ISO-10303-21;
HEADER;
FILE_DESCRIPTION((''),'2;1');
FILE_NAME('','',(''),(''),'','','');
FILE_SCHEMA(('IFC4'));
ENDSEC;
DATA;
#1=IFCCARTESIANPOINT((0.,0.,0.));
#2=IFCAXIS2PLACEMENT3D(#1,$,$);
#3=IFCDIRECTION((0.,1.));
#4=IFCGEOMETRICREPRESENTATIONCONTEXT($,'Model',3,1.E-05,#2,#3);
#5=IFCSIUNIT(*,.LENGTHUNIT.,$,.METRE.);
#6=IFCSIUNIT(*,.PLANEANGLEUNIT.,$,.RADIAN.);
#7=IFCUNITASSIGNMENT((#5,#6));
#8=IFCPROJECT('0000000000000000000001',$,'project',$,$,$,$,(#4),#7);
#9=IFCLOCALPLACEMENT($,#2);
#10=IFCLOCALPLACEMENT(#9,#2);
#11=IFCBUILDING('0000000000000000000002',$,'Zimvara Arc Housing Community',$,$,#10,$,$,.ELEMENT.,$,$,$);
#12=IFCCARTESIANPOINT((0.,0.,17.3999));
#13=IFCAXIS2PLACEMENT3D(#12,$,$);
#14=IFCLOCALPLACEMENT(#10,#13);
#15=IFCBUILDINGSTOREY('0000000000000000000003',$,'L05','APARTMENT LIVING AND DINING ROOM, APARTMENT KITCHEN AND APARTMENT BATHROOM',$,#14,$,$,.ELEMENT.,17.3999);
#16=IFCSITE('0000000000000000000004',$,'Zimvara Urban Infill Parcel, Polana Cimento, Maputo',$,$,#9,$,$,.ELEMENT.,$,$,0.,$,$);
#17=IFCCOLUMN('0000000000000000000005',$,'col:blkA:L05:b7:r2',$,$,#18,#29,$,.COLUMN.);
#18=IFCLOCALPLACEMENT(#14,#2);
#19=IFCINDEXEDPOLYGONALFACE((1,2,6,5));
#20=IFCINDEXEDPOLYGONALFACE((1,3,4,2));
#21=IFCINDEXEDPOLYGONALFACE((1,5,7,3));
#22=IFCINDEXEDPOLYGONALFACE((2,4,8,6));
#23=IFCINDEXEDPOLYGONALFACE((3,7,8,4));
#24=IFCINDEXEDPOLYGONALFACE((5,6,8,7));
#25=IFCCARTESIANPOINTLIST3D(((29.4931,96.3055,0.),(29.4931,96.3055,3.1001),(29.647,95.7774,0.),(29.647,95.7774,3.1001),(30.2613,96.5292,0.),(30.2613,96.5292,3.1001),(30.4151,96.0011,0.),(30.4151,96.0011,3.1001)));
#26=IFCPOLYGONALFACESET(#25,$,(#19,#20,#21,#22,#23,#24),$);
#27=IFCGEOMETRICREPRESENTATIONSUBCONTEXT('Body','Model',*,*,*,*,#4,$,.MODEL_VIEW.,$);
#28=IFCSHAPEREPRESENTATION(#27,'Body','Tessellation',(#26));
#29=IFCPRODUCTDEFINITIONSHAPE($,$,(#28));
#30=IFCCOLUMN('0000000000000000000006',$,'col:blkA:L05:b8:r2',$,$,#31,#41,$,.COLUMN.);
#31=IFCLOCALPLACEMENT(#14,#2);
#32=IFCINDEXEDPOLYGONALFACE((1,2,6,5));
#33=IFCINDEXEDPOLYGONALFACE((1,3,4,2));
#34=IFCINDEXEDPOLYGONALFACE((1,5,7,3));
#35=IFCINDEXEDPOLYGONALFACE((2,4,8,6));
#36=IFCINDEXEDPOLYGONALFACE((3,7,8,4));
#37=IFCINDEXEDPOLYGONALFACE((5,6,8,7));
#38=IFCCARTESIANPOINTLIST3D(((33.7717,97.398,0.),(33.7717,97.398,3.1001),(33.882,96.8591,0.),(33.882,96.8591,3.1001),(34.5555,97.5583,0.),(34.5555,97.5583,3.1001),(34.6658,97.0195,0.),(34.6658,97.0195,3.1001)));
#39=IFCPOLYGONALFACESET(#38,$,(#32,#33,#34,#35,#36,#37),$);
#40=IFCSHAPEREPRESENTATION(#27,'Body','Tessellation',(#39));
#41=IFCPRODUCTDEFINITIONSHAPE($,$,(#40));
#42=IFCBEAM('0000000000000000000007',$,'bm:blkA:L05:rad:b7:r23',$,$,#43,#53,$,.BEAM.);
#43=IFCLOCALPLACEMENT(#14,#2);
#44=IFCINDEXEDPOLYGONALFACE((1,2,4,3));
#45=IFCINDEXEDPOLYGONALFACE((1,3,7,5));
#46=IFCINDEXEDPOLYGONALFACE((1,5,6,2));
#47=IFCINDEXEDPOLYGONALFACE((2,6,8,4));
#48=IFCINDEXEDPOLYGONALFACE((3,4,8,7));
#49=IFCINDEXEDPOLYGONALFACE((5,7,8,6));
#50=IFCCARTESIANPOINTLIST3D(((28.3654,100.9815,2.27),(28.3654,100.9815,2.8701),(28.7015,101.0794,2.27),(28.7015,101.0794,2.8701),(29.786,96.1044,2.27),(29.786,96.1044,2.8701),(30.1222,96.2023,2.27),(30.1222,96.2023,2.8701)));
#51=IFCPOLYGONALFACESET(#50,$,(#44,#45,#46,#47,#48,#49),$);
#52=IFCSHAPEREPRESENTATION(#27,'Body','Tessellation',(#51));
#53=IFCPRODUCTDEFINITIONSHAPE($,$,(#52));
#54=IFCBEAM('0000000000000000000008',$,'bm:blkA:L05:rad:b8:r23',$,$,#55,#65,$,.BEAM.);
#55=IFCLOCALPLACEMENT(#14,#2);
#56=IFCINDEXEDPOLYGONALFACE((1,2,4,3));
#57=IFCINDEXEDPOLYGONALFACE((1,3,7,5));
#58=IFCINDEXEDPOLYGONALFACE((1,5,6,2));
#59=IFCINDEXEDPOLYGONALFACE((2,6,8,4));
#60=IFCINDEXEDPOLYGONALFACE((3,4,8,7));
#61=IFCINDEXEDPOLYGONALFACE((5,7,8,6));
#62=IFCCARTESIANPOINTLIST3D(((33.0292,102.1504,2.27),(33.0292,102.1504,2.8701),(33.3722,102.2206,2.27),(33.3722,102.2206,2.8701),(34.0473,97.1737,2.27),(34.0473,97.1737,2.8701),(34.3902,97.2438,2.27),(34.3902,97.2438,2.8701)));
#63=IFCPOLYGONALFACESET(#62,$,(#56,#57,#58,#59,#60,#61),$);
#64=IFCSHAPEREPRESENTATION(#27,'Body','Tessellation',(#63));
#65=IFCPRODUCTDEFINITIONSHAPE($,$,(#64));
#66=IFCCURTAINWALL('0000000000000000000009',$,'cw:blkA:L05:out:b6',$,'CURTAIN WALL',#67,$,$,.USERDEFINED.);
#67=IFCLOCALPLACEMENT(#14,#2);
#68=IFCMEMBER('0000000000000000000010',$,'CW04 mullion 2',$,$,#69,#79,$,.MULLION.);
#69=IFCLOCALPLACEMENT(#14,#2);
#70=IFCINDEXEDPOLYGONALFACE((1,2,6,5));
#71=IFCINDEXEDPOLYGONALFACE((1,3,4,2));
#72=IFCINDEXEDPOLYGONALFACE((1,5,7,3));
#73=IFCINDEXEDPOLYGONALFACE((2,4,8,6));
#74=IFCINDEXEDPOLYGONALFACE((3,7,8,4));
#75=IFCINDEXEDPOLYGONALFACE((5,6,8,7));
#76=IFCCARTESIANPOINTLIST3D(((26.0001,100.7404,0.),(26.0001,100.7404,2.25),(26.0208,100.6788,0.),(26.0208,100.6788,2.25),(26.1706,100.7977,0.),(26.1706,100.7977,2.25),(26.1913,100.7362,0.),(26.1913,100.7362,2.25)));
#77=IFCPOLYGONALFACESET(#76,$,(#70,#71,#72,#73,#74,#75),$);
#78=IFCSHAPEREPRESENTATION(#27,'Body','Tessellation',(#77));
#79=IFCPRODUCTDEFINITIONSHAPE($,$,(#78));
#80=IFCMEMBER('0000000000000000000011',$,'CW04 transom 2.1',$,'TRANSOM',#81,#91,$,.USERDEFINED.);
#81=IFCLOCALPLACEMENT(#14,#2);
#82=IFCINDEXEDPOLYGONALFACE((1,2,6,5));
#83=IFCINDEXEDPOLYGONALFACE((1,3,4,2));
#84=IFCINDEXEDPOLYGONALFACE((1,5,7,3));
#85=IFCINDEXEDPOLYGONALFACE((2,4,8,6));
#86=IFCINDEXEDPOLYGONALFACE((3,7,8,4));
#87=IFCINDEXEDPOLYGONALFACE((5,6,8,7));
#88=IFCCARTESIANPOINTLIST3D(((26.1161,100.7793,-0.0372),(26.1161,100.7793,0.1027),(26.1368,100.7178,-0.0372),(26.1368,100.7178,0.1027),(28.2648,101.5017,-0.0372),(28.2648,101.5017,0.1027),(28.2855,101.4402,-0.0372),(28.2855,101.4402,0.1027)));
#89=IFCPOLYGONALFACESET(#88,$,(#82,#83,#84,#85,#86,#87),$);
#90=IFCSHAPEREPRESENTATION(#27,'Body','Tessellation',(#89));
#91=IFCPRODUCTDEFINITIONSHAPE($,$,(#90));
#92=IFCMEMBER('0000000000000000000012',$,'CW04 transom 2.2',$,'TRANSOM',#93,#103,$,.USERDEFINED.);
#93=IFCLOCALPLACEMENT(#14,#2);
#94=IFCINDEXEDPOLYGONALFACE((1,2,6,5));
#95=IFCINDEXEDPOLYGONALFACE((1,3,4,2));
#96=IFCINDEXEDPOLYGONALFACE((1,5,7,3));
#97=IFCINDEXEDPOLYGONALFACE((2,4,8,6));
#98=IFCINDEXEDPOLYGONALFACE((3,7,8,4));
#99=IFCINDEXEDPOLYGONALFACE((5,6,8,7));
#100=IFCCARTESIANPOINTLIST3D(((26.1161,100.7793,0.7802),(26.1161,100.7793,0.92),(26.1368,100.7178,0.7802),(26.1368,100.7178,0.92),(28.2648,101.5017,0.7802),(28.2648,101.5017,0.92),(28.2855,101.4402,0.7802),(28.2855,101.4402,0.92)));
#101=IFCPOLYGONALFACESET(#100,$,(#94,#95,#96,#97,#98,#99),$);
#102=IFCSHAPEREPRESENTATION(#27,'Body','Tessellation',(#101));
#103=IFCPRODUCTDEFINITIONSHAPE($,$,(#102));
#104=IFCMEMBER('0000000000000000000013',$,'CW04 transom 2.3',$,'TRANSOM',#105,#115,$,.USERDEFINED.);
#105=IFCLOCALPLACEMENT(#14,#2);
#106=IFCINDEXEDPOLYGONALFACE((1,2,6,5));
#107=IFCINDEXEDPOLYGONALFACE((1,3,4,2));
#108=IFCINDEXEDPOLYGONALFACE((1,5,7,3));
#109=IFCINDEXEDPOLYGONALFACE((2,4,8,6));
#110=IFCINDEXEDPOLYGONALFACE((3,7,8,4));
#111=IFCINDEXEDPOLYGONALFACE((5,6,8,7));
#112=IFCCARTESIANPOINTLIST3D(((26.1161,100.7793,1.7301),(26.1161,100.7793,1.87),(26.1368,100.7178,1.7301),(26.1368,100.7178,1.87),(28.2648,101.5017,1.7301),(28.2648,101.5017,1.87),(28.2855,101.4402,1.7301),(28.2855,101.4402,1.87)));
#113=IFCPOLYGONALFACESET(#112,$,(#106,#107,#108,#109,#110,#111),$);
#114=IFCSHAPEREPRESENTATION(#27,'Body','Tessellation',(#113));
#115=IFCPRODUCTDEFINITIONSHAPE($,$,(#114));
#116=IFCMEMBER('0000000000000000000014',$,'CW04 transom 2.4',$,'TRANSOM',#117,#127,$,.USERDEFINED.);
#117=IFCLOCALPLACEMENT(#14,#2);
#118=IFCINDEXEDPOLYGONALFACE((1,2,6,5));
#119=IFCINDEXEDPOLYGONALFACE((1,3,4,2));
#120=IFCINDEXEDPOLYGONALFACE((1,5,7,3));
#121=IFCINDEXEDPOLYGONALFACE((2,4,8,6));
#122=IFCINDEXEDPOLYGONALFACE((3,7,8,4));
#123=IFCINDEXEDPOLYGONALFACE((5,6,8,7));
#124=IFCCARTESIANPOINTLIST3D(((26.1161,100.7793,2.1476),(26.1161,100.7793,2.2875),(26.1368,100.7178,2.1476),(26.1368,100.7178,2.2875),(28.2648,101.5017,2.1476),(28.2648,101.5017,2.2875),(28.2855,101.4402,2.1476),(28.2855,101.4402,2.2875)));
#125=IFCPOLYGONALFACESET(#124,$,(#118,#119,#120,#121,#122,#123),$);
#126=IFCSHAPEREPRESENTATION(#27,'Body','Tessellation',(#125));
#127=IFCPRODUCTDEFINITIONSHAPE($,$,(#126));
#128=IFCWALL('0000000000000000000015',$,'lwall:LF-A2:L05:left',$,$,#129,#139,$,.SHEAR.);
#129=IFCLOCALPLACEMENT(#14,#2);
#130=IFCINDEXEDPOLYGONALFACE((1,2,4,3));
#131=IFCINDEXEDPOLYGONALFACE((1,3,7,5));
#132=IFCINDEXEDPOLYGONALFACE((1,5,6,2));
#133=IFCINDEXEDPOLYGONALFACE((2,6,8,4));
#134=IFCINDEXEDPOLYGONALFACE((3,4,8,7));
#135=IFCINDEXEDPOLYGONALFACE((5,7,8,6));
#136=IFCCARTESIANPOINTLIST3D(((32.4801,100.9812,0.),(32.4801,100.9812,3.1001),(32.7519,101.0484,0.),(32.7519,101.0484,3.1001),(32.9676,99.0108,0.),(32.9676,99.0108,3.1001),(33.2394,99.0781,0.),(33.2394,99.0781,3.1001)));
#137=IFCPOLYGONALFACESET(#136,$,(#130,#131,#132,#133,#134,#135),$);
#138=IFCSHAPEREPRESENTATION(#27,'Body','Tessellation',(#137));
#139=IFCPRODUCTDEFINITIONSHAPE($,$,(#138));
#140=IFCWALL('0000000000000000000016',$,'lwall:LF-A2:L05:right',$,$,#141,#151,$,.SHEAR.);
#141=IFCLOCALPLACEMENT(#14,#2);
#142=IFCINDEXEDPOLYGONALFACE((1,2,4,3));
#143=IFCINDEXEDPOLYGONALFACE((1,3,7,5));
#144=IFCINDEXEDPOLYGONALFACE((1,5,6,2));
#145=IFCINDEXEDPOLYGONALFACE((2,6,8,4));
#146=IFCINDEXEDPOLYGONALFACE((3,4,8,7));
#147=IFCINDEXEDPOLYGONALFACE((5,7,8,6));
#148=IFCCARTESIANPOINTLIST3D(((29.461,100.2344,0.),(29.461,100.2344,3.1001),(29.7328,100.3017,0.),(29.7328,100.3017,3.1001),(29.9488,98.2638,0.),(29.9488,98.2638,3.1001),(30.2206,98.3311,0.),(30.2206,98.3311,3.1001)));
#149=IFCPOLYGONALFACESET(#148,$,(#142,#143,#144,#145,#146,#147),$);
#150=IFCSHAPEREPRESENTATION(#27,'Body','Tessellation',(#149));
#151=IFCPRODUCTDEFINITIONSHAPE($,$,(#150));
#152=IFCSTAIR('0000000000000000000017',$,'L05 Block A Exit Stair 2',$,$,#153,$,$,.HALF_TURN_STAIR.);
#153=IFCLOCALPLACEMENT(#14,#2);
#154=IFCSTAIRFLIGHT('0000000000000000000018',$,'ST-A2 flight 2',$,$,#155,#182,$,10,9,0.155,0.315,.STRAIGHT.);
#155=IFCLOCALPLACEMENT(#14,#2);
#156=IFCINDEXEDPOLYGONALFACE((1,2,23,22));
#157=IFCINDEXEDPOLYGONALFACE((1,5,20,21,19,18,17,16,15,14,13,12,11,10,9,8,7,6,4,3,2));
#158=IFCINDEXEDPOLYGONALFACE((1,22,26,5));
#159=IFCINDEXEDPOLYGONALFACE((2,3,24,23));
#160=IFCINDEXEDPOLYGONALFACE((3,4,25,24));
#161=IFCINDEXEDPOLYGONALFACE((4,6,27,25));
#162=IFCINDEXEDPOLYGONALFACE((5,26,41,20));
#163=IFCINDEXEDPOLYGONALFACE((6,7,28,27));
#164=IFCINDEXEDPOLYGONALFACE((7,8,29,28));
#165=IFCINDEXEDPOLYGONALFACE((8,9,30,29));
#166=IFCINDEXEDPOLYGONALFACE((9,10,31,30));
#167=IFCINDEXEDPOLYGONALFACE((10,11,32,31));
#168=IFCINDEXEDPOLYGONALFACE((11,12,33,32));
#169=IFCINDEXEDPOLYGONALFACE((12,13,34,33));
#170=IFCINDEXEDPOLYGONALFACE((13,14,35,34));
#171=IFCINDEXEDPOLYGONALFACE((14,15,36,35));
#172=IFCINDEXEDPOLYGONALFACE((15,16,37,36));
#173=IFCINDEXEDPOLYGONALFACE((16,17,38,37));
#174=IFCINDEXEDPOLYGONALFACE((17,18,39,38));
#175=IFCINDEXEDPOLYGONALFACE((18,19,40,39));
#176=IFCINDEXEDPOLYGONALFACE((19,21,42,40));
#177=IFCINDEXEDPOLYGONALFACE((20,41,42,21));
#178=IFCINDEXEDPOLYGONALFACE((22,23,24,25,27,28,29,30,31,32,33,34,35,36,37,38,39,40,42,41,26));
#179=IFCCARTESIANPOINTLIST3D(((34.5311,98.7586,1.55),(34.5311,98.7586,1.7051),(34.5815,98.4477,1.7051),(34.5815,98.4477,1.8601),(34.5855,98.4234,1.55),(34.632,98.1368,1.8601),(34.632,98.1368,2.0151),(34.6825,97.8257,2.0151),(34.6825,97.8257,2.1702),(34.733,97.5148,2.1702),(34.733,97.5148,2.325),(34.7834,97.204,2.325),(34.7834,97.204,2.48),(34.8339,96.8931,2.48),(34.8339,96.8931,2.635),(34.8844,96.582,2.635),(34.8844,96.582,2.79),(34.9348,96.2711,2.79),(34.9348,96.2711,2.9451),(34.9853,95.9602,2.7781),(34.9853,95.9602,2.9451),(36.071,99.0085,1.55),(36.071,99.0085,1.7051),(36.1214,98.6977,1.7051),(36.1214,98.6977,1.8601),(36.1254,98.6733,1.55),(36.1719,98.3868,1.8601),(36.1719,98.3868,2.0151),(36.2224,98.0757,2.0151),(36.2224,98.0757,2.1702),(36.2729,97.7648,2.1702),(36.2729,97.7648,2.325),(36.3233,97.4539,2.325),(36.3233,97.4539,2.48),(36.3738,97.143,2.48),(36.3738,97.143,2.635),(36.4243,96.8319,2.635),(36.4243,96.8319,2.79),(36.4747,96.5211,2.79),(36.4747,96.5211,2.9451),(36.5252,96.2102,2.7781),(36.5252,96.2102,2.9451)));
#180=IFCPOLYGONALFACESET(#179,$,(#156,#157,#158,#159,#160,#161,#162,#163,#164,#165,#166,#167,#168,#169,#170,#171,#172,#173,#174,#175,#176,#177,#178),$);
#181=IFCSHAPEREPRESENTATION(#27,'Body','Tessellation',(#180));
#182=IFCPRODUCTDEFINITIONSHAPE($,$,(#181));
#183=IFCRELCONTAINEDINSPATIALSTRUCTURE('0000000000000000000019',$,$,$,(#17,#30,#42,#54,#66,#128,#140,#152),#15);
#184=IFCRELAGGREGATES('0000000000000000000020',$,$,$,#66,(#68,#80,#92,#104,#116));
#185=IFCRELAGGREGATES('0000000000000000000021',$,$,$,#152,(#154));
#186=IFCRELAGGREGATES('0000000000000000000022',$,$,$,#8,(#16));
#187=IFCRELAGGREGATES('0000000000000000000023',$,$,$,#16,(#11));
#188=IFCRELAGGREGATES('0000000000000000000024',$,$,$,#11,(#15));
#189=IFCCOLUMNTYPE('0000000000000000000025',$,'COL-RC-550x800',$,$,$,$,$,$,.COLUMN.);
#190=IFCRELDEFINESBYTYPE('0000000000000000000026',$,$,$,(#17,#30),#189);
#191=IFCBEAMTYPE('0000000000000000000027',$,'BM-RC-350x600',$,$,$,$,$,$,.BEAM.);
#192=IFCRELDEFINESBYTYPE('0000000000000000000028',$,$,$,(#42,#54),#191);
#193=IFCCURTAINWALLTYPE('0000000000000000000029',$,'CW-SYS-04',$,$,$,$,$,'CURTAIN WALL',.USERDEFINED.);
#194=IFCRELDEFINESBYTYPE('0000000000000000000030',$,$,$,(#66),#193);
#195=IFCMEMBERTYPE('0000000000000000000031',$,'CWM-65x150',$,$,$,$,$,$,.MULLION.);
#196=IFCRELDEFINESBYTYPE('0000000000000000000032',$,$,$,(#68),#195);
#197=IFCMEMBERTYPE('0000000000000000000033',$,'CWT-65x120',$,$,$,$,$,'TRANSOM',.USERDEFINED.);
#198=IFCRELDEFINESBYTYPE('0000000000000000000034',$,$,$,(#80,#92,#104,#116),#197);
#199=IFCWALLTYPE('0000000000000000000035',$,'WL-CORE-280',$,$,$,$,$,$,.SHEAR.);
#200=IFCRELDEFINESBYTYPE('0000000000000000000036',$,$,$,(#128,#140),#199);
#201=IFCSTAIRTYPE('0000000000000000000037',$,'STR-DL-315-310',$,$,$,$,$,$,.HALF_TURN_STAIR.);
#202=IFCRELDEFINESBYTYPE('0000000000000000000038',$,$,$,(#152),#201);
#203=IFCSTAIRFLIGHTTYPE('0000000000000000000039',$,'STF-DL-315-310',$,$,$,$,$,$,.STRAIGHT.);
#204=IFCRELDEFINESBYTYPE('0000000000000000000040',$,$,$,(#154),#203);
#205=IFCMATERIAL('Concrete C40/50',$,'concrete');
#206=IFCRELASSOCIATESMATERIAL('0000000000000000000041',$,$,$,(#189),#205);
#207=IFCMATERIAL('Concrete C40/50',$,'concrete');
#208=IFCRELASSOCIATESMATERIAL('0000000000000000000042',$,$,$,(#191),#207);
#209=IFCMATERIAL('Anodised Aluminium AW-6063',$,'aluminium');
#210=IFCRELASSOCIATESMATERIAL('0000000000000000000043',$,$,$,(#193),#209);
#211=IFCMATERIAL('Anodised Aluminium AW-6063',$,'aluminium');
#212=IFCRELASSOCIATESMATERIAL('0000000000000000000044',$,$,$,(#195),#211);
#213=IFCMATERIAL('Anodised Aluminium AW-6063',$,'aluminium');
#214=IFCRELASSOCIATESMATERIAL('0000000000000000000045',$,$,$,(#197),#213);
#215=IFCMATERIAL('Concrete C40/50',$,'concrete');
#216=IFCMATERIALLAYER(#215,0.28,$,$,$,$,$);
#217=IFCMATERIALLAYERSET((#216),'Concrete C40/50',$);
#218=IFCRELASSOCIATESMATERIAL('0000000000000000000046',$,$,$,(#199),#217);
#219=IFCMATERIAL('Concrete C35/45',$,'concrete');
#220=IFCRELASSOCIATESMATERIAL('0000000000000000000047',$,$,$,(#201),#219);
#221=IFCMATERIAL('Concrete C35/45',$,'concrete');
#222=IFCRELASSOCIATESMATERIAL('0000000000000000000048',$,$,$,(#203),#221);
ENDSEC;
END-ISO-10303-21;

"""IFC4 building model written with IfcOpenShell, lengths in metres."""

from ifc_helpers import new_model, si_unit, direction, frame, frame_2d, origin, origin_2d, place, context, subcontext, project, spatial, polyline, rectangle, outline, extrude, material, layer, layer_set, material_profile, profile_set, type_object, element, aggregate, save


model = new_model("IFC4")

# Units and contexts
model_context = context("Model", 3, precision=1e-05, world=origin(), true_north=direction((0.0, 1.0)))
body_context = subcontext(model_context, "Body", "Model", "MODEL_VIEW")
ifc_project = project(units=[si_unit("LENGTHUNIT", "METRE"), si_unit("PLANEANGLEUNIT", "RADIAN")], contexts=[model_context])

# Site, building, storey
site_placement = place(None, origin())
site = spatial("IfcSite", under=ifc_project, at=site_placement, Name="Zimvara Urban Infill Parcel, Polana Cimento, Maputo", CompositionType="ELEMENT", RefElevation=0.0)
building_placement = place(site_placement, origin())
building = spatial("IfcBuilding", under=site, at=building_placement, Name="Zimvara Arc Housing Community", CompositionType="ELEMENT")
storey_placement = place(building_placement, frame((0.0, 0.0, 17.3999)))
storey = spatial("IfcBuildingStorey", under=building, at=storey_placement, Name="L05", Description="APARTMENT LIVING AND DINING ROOM, APARTMENT KITCHEN AND APARTMENT BATHROOM", CompositionType="ELEMENT", Elevation=17.3999)

# Columns
ifc_material_1 = material(Name="Concrete C40/50", Category="concrete")
ifc_material_profile_1 = material_profile(ifc_material_1, rectangle(XDim=0.55, YDim=0.8, at=origin_2d()), Name="RC 550x800")
ifc_profile_set_1 = profile_set([ifc_material_profile_1], Name="Concrete C40/50")
column_type = type_object("IfcColumnType", Name="COL-RC-550x800", PredefinedType="COLUMN", material=ifc_profile_set_1)
for number, where, z_axis, x_axis, name in (
    (1, (29.9541, 96.1533, 0.0), (0.0, 0.0, 1.0), (-0.279661, 0.960099, 0.0), "col:blkA:L05:b7:r2"),
    (2, (34.2188, 97.2087, 0.0), (0.0, 0.0, 1.0), (-0.200394, 0.979715, 0.0), "col:blkA:L05:b8:r2"),
):
    element("IfcColumn", number, at=place(storey_placement, frame(where, z_axis=z_axis, x_axis=x_axis)), inside=storey, type_object=column_type, Name=name, PredefinedType="COLUMN", context=body_context, shape_type="SweptSolid", body=[
        extrude(rectangle(XDim=0.55, YDim=0.8, at=origin_2d()), origin(), (0.0, 0.0, 1.0), 3.1001),
    ])

# Beams
ifc_material_2 = material(Name="Concrete C40/50", Category="concrete")
ifc_material_profile_2 = material_profile(ifc_material_2, rectangle(XDim=0.3501, YDim=0.6001, at=origin_2d()), Name="RC 350x600")
ifc_profile_set_2 = profile_set([ifc_material_profile_2], Name="Concrete C40/50")
beam_type = type_object("IfcBeamType", Name="BM-RC-350x600", PredefinedType="BEAM", material=ifc_profile_set_2)
for number, where, z_axis, x_axis, name in (
    (3, (29.9541, 96.1533, 2.5701), (-0.279662, 0.960098, 0.0), (-0.960098, -0.279662, 0.0), "bm:blkA:L05:rad:b7:r23"),
    (4, (34.2188, 97.2087, 2.5701), (-0.200412, 0.979712, 0.0), (-0.979712, -0.200412, 0.0), "bm:blkA:L05:rad:b8:r23"),
):
    element("IfcBeam", number, at=place(storey_placement, frame(where, z_axis=z_axis, x_axis=x_axis)), inside=storey, type_object=beam_type, Name=name, PredefinedType="BEAM", context=body_context, shape_type="SweptSolid", body=[
        extrude(rectangle(XDim=0.3501, YDim=0.6001, at=origin_2d()), origin(), (0.0, 0.0, 1.0), 5.0798),
    ])

# Curtain wall, members
ifc_material_3 = material(Name="Anodised Aluminium AW-6063", Category="aluminium")
curtain_wall_type = type_object("IfcCurtainWallType", Name="CW-SYS-04", ElementType="CURTAIN WALL", PredefinedType="USERDEFINED", material=ifc_material_3)
curtain_wall_placement = place(storey_placement, origin())
curtain_wall = element("IfcCurtainWall", 5, at=curtain_wall_placement, inside=storey, type_object=curtain_wall_type, Name="cw:blkA:L05:out:b6", ObjectType="CURTAIN WALL", PredefinedType="USERDEFINED")
ifc_material_4 = material(Name="Anodised Aluminium AW-6063", Category="aluminium")
ifc_material_profile_3 = material_profile(ifc_material_4, rectangle(XDim=0.0649, YDim=0.1799, at=origin_2d()), Name="ALU 65x180")
ifc_profile_set_3 = profile_set([ifc_material_profile_3], Name="Anodised Aluminium AW-6063")
member_type_1 = type_object("IfcMemberType", Name="CWM-65x150", PredefinedType="MULLION", material=ifc_profile_set_3)
member_1_placement = place(storey_placement, frame((26.0957, 100.7383, 0.0), z_axis=(0.0, 0.0, 1.0), x_axis=(-0.318629, 0.94788, 0.0)))
member_1 = element("IfcMember", 6, at=member_1_placement, type_object=member_type_1, Name="CW04 mullion 2", PredefinedType="MULLION", context=body_context, shape_type="SweptSolid", body=[
    extrude(rectangle(XDim=0.0649, YDim=0.1799, at=origin_2d()), origin(), (0.0, 0.0, 1.0), 2.25),
])
ifc_material_5 = material(Name="Anodised Aluminium AW-6063", Category="aluminium")
ifc_material_profile_4 = material_profile(ifc_material_5, rectangle(XDim=0.0649, YDim=0.1399, at=origin_2d()), Name="ALU 65x140")
ifc_profile_set_4 = profile_set([ifc_material_profile_4], Name="Anodised Aluminium AW-6063")
member_type_2 = type_object("IfcMemberType", Name="CWT-65x120", ElementType="TRANSOM", PredefinedType="USERDEFINED", material=ifc_profile_set_4)
member_2_placement = place(storey_placement, frame((26.1265, 100.7485, 0.0327), z_axis=(0.947862, 0.318682, 0.0), x_axis=(-0.318682, 0.947862, 0.0)))
member_2 = element("IfcMember", 7, at=member_2_placement, type_object=member_type_2, Name="CW04 transom 2.1", ObjectType="TRANSOM", PredefinedType="USERDEFINED", context=body_context, shape_type="SweptSolid", body=[
    extrude(rectangle(XDim=0.0649, YDim=0.1399, at=origin_2d()), origin(), (0.0, 0.0, 1.0), 2.2668),
])
member_3_placement = place(storey_placement, frame((26.1265, 100.7485, 0.8501), z_axis=(0.947862, 0.318682, 0.0), x_axis=(-0.318682, 0.947862, 0.0)))
member_3 = element("IfcMember", 8, at=member_3_placement, type_object=member_type_2, Name="CW04 transom 2.2", ObjectType="TRANSOM", PredefinedType="USERDEFINED", context=body_context, shape_type="SweptSolid", body=[
    extrude(rectangle(XDim=0.0649, YDim=0.1399, at=origin_2d()), origin(), (0.0, 0.0, 1.0), 2.2668),
])
member_4_placement = place(storey_placement, frame((26.1265, 100.7485, 1.8), z_axis=(0.947862, 0.318682, 0.0), x_axis=(-0.318682, 0.947862, 0.0)))
member_4 = element("IfcMember", 9, at=member_4_placement, type_object=member_type_2, Name="CW04 transom 2.3", ObjectType="TRANSOM", PredefinedType="USERDEFINED", context=body_context, shape_type="SweptSolid", body=[
    extrude(rectangle(XDim=0.0649, YDim=0.1399, at=origin_2d()), origin(), (0.0, 0.0, 1.0), 2.2668),
])
member_5_placement = place(storey_placement, frame((26.1265, 100.7485, 2.2175), z_axis=(0.947862, 0.318682, 0.0), x_axis=(-0.318682, 0.947862, 0.0)))
member_5 = element("IfcMember", 10, at=member_5_placement, type_object=member_type_2, Name="CW04 transom 2.4", ObjectType="TRANSOM", PredefinedType="USERDEFINED", context=body_context, shape_type="SweptSolid", body=[
    extrude(rectangle(XDim=0.0649, YDim=0.1399, at=origin_2d()), origin(), (0.0, 0.0, 1.0), 2.2668),
])
aggregate(curtain_wall, [member_1, member_2, member_3, member_4, member_5])

# Shared definitions
ifc_material_6 = material(Name="Concrete C40/50", Category="concrete")
ifc_layer = layer(ifc_material_6, 0.28)
ifc_layer_set = layer_set([ifc_layer], Name="Concrete C40/50")
wall_type = type_object("IfcWallType", Name="WL-CORE-280", PredefinedType="SHEAR", material=ifc_layer_set)

# Walls
wall_1_placement = place(storey_placement, frame((33.1035, 99.0444, 0.0), z_axis=(0.0, 0.0, 1.0), x_axis=(-0.240186, 0.970727, 0.0)))
element("IfcWall", 11, at=wall_1_placement, inside=storey, type_object=wall_type, Name="lwall:LF-A2:L05:left", PredefinedType="SHEAR", context=body_context, shape_type="SweptSolid", body=[
    extrude(rectangle(XDim=2.0298, YDim=0.28, at=frame_2d((1.0149, 0.0))), origin(), (0.0, 0.0, 1.0), 3.1001),
])
wall_2_placement = place(storey_placement, frame((30.0847, 98.2974, 0.0), z_axis=(0.0, 0.0, 1.0), x_axis=(-0.240299, 0.970699, 0.0)))
element("IfcWall", 12, at=wall_2_placement, inside=storey, type_object=wall_type, Name="lwall:LF-A2:L05:right", PredefinedType="SHEAR", context=body_context, shape_type="SweptSolid", body=[
    extrude(rectangle(XDim=2.03, YDim=0.28, at=frame_2d((1.0151, 0.0))), origin(), (0.0, 0.0, 1.0), 3.1001),
])

# Stair, stair flight
ifc_material_7 = material(Name="Concrete C35/45", Category="concrete")
stair_type = type_object("IfcStairType", Name="STR-DL-315-310", PredefinedType="HALF_TURN_STAIR", material=ifc_material_7)
stair_placement = place(storey_placement, origin())
stair = element("IfcStair", 13, at=stair_placement, inside=storey, type_object=stair_type, Name="L05 Block A Exit Stair 2", PredefinedType="HALF_TURN_STAIR")
ifc_material_8 = material(Name="Concrete C35/45", Category="concrete")
stair_flight_type = type_object("IfcStairFlightType", Name="STF-DL-315-310", PredefinedType="STRAIGHT", material=ifc_material_8)
stair_flight_placement = place(storey_placement, frame((35.301, 98.8835, 1.55), z_axis=(0.0, 0.0, 1.0), x_axis=(0.160226, -0.98708, 0.0)))
stair_flight = element("IfcStairFlight", 14, at=stair_flight_placement, type_object=stair_flight_type, Name="ST-A2 flight 2", NumberOfRisers=10, NumberOfTreads=9, PredefinedType="STRAIGHT", RiserHeight=0.155, TreadLength=0.315, context=body_context, shape_type="SweptSolid", body=[
    extrude(outline(polyline([(0.0, 0.0), (0.0, 0.155), (0.3149, 0.155), (0.3149, 0.3101), (0.6299, 0.3101), (0.6299, 0.4651), (0.9451, 0.4651), (0.9451, 0.6201), (1.26, 0.6201), (1.26, 0.7749), (1.575, 0.7749), (1.575, 0.9299), (1.8899, 0.9299), (1.8899, 1.085), (2.2051, 1.085), (2.2051, 1.24), (2.52, 1.24), (2.52, 1.395), (2.835, 1.395), (2.835, 1.55), (2.835, 1.228), (0.3396, 0.0), (0.0, 0.0)])), frame((0.0, 0.78, 0.0), z_axis=(0.0, -1.0, 0.0), x_axis=(1.0, 0.0, 0.0)), (0.0, 0.0, 1.0), 1.5601),
])
aggregate(stair, [stair_flight])

save(model, "model.ifc")
